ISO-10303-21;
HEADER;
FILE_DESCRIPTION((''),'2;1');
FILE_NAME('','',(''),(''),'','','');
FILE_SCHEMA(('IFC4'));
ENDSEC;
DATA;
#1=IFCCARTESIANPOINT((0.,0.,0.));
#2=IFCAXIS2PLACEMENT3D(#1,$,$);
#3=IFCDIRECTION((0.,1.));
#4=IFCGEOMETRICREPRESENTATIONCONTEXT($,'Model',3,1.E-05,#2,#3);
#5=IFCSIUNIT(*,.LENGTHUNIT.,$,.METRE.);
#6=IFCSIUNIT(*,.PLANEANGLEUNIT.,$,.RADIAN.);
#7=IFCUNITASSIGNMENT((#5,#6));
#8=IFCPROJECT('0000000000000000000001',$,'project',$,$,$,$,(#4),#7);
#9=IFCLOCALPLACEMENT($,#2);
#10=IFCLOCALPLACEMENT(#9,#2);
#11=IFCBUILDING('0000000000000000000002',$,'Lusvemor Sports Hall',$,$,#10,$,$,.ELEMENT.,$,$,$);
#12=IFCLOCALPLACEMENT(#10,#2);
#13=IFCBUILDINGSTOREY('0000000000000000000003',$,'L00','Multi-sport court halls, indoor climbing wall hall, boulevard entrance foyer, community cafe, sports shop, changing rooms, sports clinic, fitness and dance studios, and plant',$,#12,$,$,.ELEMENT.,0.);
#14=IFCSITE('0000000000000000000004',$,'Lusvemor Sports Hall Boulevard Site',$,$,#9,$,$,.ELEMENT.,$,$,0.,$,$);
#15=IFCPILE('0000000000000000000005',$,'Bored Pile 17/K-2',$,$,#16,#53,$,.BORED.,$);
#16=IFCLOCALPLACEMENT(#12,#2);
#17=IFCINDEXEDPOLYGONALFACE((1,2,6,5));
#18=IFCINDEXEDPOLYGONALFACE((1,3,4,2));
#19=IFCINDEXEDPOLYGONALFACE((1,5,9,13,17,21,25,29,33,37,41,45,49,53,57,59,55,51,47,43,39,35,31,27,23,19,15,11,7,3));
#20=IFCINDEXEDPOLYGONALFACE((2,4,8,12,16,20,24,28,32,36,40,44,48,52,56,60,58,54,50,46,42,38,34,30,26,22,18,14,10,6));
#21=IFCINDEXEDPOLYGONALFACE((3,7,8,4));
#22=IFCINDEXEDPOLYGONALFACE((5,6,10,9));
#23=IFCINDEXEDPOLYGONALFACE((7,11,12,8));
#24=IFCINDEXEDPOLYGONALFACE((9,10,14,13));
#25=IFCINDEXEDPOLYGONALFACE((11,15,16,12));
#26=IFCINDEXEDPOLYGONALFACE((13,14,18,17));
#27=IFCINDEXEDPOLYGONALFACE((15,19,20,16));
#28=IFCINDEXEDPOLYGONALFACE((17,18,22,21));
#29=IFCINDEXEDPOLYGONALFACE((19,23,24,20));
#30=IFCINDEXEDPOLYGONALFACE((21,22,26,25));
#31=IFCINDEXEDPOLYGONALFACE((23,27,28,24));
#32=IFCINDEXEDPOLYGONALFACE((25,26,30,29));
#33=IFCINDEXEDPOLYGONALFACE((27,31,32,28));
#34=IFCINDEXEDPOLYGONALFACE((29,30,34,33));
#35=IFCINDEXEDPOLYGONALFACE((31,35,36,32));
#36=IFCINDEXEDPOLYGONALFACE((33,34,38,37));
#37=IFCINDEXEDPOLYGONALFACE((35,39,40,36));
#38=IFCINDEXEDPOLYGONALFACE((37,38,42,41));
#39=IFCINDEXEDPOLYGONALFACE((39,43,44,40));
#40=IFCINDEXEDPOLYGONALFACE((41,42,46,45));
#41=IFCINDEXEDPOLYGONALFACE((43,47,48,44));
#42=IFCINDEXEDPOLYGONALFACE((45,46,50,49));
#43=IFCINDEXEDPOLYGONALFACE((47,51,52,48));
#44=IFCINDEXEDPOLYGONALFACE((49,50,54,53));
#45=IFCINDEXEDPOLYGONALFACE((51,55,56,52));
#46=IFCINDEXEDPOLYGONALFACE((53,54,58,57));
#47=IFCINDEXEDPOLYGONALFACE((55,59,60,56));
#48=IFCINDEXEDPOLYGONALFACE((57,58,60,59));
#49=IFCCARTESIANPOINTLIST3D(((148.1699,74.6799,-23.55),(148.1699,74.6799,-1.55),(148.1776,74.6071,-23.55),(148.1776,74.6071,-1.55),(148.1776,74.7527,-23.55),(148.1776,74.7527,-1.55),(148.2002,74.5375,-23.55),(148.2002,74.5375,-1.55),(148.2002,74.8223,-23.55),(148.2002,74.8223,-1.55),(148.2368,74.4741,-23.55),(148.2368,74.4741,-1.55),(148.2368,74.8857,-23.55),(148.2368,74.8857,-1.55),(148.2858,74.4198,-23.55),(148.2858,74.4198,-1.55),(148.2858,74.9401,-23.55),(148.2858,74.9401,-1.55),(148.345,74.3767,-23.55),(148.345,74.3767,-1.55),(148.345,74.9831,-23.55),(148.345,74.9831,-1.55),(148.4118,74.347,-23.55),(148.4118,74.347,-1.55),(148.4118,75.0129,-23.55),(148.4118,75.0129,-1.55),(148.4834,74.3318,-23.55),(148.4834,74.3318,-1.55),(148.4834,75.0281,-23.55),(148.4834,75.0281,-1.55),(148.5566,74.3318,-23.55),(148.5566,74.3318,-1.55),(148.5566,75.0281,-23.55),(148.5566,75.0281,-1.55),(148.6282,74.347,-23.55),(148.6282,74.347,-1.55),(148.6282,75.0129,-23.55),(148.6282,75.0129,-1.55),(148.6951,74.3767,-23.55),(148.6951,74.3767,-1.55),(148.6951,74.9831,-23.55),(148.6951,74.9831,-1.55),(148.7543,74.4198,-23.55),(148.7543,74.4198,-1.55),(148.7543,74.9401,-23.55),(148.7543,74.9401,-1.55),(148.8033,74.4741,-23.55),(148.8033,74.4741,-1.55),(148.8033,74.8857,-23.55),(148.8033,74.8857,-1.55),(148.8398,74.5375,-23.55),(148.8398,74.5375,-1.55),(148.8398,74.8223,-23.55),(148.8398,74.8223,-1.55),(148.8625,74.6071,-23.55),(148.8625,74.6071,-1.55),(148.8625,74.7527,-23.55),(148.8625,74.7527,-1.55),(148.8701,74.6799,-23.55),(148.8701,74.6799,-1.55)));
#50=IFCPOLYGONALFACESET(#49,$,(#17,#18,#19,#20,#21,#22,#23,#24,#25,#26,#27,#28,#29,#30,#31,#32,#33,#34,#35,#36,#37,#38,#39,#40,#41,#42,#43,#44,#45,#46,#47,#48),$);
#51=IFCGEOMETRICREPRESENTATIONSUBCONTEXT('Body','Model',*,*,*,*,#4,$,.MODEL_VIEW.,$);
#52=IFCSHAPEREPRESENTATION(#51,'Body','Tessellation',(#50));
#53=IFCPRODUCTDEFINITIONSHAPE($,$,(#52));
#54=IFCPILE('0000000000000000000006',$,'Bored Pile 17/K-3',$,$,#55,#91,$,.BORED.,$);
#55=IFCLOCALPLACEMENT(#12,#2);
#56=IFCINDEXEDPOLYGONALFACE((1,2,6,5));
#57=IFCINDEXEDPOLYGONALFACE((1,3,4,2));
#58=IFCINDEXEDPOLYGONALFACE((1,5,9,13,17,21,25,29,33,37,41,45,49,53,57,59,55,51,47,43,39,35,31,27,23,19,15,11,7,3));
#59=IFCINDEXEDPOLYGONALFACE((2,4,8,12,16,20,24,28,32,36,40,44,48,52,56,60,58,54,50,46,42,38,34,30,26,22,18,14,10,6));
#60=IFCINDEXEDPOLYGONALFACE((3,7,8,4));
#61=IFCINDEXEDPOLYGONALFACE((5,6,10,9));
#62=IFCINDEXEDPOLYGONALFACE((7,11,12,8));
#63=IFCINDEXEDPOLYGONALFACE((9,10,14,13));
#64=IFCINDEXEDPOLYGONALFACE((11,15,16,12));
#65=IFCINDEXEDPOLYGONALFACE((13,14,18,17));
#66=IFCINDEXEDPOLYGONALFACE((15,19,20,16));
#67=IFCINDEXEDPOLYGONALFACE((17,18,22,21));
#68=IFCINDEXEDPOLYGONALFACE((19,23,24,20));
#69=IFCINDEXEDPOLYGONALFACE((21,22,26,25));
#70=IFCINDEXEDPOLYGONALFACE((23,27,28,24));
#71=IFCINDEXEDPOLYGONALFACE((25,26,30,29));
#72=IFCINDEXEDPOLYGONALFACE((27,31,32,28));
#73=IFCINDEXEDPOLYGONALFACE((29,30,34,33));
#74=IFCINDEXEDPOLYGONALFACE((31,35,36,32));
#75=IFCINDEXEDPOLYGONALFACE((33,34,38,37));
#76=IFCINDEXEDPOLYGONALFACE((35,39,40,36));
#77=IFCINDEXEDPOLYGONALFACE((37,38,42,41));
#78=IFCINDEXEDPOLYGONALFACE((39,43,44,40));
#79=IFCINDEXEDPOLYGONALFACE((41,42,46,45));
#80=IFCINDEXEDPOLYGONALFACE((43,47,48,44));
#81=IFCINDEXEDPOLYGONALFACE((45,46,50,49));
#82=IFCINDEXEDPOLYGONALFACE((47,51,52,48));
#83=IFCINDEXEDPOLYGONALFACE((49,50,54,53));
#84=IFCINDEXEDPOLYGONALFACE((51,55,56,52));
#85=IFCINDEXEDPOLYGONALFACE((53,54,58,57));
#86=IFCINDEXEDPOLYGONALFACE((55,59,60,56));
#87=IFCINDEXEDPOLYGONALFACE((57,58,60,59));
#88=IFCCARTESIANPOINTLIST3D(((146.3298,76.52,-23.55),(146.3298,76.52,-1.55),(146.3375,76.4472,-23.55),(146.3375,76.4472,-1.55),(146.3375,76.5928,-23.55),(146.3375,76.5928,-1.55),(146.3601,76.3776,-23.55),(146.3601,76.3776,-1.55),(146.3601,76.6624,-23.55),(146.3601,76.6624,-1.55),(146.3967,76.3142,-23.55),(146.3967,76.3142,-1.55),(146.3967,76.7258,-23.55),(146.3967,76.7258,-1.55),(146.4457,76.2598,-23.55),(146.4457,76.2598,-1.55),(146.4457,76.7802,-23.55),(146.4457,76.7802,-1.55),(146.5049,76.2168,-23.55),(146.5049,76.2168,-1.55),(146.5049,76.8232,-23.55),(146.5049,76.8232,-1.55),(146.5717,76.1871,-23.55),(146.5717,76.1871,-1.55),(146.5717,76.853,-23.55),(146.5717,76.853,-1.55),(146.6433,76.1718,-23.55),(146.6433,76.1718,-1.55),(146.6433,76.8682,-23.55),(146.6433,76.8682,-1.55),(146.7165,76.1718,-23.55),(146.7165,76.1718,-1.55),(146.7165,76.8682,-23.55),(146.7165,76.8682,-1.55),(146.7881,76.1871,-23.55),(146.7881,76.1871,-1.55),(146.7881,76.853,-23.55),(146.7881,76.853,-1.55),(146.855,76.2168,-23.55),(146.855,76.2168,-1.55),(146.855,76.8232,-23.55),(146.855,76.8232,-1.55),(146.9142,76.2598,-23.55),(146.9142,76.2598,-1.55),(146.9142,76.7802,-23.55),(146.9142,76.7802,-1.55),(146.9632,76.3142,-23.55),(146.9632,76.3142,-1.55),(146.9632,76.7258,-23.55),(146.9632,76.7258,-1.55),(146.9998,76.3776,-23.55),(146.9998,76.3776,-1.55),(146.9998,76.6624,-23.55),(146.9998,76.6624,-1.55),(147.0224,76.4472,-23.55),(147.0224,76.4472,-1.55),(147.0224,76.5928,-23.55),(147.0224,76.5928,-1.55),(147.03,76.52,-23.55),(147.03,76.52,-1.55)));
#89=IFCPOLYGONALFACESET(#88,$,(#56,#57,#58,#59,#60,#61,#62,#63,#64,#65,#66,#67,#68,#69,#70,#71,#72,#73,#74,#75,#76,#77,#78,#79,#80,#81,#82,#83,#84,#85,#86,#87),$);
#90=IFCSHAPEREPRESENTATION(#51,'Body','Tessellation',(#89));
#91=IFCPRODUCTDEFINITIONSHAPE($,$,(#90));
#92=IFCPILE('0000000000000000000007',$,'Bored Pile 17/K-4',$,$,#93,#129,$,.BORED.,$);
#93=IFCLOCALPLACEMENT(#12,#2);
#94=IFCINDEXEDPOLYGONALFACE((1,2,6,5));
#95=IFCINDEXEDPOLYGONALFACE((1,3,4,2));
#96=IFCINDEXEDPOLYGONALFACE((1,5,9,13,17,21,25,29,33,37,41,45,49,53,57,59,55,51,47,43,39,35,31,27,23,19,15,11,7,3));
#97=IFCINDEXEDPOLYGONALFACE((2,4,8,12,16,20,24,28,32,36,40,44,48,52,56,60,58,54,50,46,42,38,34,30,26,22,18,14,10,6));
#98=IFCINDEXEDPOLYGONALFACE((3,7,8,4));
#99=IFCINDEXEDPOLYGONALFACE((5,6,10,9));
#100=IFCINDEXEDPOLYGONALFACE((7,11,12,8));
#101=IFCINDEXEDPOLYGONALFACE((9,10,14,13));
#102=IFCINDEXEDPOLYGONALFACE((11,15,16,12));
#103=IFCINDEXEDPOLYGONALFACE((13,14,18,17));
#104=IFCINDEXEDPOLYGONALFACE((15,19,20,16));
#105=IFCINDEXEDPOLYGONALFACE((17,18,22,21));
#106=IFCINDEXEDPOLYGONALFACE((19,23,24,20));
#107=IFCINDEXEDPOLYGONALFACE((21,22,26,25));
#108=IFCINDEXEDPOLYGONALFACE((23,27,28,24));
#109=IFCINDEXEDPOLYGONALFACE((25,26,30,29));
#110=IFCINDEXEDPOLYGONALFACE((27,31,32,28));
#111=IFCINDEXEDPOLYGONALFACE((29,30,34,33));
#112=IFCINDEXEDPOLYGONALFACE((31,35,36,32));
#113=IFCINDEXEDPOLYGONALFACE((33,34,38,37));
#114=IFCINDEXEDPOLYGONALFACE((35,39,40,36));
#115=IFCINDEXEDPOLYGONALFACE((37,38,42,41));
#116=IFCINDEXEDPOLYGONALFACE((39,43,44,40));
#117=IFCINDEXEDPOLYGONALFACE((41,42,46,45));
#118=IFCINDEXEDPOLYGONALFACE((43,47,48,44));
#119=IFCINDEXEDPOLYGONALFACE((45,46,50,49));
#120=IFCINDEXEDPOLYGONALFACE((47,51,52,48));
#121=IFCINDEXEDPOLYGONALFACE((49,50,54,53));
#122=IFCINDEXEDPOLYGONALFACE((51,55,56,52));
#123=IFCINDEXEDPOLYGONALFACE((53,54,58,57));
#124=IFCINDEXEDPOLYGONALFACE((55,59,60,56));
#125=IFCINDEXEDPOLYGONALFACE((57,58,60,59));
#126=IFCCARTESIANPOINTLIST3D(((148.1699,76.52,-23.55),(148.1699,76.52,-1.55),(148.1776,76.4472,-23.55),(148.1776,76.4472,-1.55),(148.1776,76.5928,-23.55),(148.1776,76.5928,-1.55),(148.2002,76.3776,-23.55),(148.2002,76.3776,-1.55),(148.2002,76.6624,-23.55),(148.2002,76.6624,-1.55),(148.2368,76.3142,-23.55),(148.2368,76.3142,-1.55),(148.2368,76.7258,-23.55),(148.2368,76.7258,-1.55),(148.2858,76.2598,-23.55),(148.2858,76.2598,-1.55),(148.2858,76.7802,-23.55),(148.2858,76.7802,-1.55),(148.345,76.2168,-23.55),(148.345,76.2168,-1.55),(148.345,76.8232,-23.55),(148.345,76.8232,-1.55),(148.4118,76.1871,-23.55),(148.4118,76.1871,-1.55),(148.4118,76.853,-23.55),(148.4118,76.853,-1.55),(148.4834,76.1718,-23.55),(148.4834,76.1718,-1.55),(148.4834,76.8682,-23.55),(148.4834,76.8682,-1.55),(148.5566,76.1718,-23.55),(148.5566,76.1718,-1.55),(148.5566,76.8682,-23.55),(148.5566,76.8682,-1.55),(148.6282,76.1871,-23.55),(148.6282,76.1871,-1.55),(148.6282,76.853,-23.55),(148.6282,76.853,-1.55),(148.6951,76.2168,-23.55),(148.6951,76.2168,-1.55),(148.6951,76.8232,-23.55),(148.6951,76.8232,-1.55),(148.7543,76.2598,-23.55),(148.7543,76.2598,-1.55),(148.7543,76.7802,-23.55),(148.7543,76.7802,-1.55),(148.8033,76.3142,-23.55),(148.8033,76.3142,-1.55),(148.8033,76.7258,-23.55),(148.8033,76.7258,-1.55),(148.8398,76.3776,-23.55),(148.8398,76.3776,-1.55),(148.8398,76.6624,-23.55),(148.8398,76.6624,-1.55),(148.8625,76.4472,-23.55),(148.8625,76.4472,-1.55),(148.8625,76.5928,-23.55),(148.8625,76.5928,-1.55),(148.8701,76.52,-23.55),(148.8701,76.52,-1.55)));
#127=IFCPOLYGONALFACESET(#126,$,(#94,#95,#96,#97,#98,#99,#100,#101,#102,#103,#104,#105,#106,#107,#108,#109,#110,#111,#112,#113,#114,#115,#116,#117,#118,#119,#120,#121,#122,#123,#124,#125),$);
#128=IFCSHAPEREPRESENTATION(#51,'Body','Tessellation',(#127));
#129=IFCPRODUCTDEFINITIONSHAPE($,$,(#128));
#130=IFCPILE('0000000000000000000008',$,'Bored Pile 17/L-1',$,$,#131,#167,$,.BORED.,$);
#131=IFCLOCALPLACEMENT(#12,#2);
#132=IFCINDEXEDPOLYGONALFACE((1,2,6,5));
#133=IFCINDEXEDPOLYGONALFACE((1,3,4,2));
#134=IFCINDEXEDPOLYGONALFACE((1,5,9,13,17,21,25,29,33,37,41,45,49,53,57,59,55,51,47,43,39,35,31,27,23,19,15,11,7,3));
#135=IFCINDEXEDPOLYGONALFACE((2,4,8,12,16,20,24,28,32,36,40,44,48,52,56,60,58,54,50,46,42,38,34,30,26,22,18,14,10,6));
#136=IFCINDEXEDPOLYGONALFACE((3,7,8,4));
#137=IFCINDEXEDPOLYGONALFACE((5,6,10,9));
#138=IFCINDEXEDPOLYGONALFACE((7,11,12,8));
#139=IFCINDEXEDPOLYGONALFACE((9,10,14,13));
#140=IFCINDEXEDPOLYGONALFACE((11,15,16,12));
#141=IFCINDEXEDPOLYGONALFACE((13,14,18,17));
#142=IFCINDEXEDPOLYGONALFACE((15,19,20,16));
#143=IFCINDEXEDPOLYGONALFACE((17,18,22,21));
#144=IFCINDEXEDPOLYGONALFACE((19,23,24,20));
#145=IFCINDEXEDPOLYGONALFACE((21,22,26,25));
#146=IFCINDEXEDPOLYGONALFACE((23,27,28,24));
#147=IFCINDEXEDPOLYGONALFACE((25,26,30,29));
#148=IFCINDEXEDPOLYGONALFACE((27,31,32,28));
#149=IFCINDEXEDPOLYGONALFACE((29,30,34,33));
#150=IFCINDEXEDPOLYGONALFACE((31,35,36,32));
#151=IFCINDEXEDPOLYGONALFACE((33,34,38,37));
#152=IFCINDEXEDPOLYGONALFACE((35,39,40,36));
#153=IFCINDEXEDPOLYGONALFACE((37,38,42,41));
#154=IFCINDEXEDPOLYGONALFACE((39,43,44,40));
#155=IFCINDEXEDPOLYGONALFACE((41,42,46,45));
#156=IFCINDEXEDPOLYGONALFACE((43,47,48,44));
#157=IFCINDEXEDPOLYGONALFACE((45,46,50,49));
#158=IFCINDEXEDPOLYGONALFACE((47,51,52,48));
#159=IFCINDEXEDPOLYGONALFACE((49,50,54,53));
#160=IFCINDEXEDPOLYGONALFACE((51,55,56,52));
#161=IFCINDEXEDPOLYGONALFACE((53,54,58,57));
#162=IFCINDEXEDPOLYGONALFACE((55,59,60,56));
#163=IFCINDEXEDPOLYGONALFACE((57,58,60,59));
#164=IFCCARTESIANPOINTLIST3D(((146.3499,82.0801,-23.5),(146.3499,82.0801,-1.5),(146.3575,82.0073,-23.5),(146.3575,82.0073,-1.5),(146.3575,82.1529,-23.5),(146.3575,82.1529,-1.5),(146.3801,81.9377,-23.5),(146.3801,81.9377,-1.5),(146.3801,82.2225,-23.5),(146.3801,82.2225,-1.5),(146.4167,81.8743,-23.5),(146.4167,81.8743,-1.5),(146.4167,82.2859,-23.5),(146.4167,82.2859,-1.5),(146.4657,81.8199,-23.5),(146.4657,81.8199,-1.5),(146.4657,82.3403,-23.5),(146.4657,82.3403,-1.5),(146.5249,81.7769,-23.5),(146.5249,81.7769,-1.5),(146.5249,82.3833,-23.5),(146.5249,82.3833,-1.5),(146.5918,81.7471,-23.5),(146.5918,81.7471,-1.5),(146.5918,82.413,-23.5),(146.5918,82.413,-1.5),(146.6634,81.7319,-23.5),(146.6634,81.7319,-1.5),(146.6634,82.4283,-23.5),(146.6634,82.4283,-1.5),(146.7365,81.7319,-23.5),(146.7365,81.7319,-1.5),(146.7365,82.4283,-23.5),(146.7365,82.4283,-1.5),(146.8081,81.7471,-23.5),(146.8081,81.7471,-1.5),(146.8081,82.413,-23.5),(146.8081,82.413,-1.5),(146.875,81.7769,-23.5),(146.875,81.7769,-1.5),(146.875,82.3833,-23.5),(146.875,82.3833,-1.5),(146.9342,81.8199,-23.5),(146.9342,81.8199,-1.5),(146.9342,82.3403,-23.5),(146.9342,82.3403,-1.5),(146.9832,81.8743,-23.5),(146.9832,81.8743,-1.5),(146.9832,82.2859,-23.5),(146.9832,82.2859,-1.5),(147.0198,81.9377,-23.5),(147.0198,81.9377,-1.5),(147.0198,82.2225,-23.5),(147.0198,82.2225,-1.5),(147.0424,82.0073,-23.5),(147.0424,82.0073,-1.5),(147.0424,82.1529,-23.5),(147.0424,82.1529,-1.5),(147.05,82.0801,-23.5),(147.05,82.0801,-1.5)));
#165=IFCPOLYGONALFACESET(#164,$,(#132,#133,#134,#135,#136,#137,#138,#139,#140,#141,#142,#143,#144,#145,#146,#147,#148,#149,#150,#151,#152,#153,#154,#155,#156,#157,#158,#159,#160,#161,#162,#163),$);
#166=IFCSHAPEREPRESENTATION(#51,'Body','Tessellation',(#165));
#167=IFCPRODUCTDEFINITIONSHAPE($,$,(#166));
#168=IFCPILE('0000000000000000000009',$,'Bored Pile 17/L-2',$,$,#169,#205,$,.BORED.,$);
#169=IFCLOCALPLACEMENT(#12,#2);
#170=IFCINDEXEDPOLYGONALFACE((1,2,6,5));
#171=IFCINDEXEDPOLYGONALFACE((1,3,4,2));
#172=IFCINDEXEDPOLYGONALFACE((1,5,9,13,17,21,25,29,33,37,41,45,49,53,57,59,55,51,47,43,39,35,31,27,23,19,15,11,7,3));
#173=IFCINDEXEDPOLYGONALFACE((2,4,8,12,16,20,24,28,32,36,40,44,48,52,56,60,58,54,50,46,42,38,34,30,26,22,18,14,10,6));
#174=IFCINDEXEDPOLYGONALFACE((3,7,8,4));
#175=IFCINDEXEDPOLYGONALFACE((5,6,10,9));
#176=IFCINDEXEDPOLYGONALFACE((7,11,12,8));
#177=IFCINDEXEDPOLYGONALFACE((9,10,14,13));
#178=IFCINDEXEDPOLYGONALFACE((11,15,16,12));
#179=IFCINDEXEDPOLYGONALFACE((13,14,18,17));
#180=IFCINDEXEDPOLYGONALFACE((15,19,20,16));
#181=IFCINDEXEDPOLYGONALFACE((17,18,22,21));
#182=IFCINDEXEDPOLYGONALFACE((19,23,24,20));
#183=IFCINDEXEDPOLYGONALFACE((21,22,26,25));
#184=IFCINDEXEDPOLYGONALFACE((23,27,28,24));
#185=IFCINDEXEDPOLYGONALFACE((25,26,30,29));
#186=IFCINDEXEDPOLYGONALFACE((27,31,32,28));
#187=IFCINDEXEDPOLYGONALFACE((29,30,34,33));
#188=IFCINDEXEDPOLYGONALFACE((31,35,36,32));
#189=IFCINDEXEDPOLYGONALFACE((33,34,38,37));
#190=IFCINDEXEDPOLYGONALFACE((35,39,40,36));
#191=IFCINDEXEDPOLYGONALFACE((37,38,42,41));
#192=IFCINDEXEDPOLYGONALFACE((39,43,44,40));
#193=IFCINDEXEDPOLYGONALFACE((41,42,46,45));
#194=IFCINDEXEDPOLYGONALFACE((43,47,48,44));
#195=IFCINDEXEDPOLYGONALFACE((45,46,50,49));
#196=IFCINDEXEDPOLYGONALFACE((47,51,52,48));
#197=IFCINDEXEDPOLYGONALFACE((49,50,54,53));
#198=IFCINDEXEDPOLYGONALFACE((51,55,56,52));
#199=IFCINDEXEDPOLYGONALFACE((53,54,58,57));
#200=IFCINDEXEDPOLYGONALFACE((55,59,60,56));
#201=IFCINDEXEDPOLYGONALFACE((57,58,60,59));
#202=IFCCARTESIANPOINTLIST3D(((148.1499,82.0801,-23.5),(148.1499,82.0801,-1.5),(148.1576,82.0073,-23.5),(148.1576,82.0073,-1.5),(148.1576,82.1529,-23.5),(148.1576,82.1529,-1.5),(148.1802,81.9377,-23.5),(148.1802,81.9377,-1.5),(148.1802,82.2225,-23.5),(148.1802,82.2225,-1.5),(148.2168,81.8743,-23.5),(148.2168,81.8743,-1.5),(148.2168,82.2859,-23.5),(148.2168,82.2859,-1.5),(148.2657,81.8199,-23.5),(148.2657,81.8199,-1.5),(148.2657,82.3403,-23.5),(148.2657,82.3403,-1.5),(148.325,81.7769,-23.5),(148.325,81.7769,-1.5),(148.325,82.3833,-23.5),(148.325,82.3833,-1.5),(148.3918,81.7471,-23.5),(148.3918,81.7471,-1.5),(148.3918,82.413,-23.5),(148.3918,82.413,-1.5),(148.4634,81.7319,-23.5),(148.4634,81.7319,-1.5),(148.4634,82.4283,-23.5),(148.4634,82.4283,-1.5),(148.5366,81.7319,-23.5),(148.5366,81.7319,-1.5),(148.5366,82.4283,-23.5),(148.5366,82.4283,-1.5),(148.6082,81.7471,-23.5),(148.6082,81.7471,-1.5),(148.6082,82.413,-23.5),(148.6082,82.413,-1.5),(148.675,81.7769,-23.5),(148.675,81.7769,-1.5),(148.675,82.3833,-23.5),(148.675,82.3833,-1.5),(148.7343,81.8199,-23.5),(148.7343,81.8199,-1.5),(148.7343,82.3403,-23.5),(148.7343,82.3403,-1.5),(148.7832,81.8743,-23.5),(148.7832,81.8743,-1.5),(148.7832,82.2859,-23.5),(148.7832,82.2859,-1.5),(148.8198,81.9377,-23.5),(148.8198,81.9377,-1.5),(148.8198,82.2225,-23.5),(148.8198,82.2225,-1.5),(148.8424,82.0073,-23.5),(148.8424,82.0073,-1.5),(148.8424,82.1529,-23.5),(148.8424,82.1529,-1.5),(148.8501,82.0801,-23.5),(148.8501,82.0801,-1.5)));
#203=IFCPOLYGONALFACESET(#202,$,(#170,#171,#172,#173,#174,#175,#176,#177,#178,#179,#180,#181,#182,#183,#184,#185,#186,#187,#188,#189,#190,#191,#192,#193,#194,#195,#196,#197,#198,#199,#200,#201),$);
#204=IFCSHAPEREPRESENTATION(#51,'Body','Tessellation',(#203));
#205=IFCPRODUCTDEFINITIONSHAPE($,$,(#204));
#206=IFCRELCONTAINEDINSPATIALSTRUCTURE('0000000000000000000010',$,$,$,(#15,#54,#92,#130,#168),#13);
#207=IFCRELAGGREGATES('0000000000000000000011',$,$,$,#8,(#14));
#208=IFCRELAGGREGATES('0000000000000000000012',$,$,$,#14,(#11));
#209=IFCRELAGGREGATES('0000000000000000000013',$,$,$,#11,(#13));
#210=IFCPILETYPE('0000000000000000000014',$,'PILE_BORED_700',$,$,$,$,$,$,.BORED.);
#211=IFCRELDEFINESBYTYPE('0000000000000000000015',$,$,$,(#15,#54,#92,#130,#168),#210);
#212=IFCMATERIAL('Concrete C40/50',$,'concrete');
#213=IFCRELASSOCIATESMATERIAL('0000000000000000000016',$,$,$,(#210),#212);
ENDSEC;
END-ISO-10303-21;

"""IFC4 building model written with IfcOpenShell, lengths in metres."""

from ifc_helpers import new_model, si_unit, direction, frame, origin, origin_2d, place, context, subcontext, project, spatial, circle, extrude, material, material_profile, profile_set, type_object, element, save


model = new_model("IFC4")

# Units and contexts
model_context = context("Model", 3, precision=1e-05, world=origin(), true_north=direction((0.0, 1.0)))
body_context = subcontext(model_context, "Body", "Model", "MODEL_VIEW")
ifc_project = project(units=[si_unit("LENGTHUNIT", "METRE"), si_unit("PLANEANGLEUNIT", "RADIAN")], contexts=[model_context])

# Site, building, storey
site_placement = place(None, origin())
site = spatial("IfcSite", under=ifc_project, at=site_placement, Name="Lusvemor Sports Hall Boulevard Site", CompositionType="ELEMENT", RefElevation=0.0)
building_placement = place(site_placement, origin())
building = spatial("IfcBuilding", under=site, at=building_placement, Name="Lusvemor Sports Hall", CompositionType="ELEMENT")
storey_placement = place(building_placement, origin())
storey = spatial("IfcBuildingStorey", under=building, at=storey_placement, Name="L00", Description="Multi-sport court halls, indoor climbing wall hall, boulevard entrance foyer, community cafe, sports shop, changing rooms, sports clinic, fitness and dance studios, and plant", CompositionType="ELEMENT", Elevation=0.0)

# Piles
ifc_material_1 = material(Name="Concrete C40/50", Category="concrete")
ifc_material_profile_1 = material_profile(ifc_material_1, circle(Radius=0.3501, at=origin_2d()), Name="PILE700")
ifc_profile_set_1 = profile_set([ifc_material_profile_1], Name="Concrete C40/50")
pile_type = type_object("IfcPileType", Name="PILE_BORED_700", PredefinedType="BORED", material=ifc_profile_set_1)
for number, where, z_axis, x_axis, name in (
    (1, (148.52, 74.6799, -1.55), (0.0, 0.0, -1.0), (1.0, 0.0, 0.0), "Bored Pile 17/K-2"),
    (2, (146.6799, 76.52, -1.55), (0.0, 0.0, -1.0), (1.0, 0.0, 0.0), "Bored Pile 17/K-3"),
    (3, (148.52, 76.52, -1.55), (0.0, 0.0, -1.0), (1.0, 0.0, 0.0), "Bored Pile 17/K-4"),
    (4, (146.7, 82.0801, -1.5), (0.0, 0.0, -1.0), (1.0, 0.0, 0.0), "Bored Pile 17/L-1"),
    (5, (148.5, 82.0801, -1.5), (0.0, 0.0, -1.0), (1.0, 0.0, 0.0), "Bored Pile 17/L-2"),
):
    element("IfcPile", number, at=place(storey_placement, frame(where, z_axis=z_axis, x_axis=x_axis)), inside=storey, type_object=pile_type, Name=name, PredefinedType="BORED", context=body_context, shape_type="SweptSolid", body=[
        extrude(circle(Radius=0.3501, at=origin_2d()), origin(), (0.0, 0.0, 1.0), 22.0),
    ])

save(model, "model.ifc")
